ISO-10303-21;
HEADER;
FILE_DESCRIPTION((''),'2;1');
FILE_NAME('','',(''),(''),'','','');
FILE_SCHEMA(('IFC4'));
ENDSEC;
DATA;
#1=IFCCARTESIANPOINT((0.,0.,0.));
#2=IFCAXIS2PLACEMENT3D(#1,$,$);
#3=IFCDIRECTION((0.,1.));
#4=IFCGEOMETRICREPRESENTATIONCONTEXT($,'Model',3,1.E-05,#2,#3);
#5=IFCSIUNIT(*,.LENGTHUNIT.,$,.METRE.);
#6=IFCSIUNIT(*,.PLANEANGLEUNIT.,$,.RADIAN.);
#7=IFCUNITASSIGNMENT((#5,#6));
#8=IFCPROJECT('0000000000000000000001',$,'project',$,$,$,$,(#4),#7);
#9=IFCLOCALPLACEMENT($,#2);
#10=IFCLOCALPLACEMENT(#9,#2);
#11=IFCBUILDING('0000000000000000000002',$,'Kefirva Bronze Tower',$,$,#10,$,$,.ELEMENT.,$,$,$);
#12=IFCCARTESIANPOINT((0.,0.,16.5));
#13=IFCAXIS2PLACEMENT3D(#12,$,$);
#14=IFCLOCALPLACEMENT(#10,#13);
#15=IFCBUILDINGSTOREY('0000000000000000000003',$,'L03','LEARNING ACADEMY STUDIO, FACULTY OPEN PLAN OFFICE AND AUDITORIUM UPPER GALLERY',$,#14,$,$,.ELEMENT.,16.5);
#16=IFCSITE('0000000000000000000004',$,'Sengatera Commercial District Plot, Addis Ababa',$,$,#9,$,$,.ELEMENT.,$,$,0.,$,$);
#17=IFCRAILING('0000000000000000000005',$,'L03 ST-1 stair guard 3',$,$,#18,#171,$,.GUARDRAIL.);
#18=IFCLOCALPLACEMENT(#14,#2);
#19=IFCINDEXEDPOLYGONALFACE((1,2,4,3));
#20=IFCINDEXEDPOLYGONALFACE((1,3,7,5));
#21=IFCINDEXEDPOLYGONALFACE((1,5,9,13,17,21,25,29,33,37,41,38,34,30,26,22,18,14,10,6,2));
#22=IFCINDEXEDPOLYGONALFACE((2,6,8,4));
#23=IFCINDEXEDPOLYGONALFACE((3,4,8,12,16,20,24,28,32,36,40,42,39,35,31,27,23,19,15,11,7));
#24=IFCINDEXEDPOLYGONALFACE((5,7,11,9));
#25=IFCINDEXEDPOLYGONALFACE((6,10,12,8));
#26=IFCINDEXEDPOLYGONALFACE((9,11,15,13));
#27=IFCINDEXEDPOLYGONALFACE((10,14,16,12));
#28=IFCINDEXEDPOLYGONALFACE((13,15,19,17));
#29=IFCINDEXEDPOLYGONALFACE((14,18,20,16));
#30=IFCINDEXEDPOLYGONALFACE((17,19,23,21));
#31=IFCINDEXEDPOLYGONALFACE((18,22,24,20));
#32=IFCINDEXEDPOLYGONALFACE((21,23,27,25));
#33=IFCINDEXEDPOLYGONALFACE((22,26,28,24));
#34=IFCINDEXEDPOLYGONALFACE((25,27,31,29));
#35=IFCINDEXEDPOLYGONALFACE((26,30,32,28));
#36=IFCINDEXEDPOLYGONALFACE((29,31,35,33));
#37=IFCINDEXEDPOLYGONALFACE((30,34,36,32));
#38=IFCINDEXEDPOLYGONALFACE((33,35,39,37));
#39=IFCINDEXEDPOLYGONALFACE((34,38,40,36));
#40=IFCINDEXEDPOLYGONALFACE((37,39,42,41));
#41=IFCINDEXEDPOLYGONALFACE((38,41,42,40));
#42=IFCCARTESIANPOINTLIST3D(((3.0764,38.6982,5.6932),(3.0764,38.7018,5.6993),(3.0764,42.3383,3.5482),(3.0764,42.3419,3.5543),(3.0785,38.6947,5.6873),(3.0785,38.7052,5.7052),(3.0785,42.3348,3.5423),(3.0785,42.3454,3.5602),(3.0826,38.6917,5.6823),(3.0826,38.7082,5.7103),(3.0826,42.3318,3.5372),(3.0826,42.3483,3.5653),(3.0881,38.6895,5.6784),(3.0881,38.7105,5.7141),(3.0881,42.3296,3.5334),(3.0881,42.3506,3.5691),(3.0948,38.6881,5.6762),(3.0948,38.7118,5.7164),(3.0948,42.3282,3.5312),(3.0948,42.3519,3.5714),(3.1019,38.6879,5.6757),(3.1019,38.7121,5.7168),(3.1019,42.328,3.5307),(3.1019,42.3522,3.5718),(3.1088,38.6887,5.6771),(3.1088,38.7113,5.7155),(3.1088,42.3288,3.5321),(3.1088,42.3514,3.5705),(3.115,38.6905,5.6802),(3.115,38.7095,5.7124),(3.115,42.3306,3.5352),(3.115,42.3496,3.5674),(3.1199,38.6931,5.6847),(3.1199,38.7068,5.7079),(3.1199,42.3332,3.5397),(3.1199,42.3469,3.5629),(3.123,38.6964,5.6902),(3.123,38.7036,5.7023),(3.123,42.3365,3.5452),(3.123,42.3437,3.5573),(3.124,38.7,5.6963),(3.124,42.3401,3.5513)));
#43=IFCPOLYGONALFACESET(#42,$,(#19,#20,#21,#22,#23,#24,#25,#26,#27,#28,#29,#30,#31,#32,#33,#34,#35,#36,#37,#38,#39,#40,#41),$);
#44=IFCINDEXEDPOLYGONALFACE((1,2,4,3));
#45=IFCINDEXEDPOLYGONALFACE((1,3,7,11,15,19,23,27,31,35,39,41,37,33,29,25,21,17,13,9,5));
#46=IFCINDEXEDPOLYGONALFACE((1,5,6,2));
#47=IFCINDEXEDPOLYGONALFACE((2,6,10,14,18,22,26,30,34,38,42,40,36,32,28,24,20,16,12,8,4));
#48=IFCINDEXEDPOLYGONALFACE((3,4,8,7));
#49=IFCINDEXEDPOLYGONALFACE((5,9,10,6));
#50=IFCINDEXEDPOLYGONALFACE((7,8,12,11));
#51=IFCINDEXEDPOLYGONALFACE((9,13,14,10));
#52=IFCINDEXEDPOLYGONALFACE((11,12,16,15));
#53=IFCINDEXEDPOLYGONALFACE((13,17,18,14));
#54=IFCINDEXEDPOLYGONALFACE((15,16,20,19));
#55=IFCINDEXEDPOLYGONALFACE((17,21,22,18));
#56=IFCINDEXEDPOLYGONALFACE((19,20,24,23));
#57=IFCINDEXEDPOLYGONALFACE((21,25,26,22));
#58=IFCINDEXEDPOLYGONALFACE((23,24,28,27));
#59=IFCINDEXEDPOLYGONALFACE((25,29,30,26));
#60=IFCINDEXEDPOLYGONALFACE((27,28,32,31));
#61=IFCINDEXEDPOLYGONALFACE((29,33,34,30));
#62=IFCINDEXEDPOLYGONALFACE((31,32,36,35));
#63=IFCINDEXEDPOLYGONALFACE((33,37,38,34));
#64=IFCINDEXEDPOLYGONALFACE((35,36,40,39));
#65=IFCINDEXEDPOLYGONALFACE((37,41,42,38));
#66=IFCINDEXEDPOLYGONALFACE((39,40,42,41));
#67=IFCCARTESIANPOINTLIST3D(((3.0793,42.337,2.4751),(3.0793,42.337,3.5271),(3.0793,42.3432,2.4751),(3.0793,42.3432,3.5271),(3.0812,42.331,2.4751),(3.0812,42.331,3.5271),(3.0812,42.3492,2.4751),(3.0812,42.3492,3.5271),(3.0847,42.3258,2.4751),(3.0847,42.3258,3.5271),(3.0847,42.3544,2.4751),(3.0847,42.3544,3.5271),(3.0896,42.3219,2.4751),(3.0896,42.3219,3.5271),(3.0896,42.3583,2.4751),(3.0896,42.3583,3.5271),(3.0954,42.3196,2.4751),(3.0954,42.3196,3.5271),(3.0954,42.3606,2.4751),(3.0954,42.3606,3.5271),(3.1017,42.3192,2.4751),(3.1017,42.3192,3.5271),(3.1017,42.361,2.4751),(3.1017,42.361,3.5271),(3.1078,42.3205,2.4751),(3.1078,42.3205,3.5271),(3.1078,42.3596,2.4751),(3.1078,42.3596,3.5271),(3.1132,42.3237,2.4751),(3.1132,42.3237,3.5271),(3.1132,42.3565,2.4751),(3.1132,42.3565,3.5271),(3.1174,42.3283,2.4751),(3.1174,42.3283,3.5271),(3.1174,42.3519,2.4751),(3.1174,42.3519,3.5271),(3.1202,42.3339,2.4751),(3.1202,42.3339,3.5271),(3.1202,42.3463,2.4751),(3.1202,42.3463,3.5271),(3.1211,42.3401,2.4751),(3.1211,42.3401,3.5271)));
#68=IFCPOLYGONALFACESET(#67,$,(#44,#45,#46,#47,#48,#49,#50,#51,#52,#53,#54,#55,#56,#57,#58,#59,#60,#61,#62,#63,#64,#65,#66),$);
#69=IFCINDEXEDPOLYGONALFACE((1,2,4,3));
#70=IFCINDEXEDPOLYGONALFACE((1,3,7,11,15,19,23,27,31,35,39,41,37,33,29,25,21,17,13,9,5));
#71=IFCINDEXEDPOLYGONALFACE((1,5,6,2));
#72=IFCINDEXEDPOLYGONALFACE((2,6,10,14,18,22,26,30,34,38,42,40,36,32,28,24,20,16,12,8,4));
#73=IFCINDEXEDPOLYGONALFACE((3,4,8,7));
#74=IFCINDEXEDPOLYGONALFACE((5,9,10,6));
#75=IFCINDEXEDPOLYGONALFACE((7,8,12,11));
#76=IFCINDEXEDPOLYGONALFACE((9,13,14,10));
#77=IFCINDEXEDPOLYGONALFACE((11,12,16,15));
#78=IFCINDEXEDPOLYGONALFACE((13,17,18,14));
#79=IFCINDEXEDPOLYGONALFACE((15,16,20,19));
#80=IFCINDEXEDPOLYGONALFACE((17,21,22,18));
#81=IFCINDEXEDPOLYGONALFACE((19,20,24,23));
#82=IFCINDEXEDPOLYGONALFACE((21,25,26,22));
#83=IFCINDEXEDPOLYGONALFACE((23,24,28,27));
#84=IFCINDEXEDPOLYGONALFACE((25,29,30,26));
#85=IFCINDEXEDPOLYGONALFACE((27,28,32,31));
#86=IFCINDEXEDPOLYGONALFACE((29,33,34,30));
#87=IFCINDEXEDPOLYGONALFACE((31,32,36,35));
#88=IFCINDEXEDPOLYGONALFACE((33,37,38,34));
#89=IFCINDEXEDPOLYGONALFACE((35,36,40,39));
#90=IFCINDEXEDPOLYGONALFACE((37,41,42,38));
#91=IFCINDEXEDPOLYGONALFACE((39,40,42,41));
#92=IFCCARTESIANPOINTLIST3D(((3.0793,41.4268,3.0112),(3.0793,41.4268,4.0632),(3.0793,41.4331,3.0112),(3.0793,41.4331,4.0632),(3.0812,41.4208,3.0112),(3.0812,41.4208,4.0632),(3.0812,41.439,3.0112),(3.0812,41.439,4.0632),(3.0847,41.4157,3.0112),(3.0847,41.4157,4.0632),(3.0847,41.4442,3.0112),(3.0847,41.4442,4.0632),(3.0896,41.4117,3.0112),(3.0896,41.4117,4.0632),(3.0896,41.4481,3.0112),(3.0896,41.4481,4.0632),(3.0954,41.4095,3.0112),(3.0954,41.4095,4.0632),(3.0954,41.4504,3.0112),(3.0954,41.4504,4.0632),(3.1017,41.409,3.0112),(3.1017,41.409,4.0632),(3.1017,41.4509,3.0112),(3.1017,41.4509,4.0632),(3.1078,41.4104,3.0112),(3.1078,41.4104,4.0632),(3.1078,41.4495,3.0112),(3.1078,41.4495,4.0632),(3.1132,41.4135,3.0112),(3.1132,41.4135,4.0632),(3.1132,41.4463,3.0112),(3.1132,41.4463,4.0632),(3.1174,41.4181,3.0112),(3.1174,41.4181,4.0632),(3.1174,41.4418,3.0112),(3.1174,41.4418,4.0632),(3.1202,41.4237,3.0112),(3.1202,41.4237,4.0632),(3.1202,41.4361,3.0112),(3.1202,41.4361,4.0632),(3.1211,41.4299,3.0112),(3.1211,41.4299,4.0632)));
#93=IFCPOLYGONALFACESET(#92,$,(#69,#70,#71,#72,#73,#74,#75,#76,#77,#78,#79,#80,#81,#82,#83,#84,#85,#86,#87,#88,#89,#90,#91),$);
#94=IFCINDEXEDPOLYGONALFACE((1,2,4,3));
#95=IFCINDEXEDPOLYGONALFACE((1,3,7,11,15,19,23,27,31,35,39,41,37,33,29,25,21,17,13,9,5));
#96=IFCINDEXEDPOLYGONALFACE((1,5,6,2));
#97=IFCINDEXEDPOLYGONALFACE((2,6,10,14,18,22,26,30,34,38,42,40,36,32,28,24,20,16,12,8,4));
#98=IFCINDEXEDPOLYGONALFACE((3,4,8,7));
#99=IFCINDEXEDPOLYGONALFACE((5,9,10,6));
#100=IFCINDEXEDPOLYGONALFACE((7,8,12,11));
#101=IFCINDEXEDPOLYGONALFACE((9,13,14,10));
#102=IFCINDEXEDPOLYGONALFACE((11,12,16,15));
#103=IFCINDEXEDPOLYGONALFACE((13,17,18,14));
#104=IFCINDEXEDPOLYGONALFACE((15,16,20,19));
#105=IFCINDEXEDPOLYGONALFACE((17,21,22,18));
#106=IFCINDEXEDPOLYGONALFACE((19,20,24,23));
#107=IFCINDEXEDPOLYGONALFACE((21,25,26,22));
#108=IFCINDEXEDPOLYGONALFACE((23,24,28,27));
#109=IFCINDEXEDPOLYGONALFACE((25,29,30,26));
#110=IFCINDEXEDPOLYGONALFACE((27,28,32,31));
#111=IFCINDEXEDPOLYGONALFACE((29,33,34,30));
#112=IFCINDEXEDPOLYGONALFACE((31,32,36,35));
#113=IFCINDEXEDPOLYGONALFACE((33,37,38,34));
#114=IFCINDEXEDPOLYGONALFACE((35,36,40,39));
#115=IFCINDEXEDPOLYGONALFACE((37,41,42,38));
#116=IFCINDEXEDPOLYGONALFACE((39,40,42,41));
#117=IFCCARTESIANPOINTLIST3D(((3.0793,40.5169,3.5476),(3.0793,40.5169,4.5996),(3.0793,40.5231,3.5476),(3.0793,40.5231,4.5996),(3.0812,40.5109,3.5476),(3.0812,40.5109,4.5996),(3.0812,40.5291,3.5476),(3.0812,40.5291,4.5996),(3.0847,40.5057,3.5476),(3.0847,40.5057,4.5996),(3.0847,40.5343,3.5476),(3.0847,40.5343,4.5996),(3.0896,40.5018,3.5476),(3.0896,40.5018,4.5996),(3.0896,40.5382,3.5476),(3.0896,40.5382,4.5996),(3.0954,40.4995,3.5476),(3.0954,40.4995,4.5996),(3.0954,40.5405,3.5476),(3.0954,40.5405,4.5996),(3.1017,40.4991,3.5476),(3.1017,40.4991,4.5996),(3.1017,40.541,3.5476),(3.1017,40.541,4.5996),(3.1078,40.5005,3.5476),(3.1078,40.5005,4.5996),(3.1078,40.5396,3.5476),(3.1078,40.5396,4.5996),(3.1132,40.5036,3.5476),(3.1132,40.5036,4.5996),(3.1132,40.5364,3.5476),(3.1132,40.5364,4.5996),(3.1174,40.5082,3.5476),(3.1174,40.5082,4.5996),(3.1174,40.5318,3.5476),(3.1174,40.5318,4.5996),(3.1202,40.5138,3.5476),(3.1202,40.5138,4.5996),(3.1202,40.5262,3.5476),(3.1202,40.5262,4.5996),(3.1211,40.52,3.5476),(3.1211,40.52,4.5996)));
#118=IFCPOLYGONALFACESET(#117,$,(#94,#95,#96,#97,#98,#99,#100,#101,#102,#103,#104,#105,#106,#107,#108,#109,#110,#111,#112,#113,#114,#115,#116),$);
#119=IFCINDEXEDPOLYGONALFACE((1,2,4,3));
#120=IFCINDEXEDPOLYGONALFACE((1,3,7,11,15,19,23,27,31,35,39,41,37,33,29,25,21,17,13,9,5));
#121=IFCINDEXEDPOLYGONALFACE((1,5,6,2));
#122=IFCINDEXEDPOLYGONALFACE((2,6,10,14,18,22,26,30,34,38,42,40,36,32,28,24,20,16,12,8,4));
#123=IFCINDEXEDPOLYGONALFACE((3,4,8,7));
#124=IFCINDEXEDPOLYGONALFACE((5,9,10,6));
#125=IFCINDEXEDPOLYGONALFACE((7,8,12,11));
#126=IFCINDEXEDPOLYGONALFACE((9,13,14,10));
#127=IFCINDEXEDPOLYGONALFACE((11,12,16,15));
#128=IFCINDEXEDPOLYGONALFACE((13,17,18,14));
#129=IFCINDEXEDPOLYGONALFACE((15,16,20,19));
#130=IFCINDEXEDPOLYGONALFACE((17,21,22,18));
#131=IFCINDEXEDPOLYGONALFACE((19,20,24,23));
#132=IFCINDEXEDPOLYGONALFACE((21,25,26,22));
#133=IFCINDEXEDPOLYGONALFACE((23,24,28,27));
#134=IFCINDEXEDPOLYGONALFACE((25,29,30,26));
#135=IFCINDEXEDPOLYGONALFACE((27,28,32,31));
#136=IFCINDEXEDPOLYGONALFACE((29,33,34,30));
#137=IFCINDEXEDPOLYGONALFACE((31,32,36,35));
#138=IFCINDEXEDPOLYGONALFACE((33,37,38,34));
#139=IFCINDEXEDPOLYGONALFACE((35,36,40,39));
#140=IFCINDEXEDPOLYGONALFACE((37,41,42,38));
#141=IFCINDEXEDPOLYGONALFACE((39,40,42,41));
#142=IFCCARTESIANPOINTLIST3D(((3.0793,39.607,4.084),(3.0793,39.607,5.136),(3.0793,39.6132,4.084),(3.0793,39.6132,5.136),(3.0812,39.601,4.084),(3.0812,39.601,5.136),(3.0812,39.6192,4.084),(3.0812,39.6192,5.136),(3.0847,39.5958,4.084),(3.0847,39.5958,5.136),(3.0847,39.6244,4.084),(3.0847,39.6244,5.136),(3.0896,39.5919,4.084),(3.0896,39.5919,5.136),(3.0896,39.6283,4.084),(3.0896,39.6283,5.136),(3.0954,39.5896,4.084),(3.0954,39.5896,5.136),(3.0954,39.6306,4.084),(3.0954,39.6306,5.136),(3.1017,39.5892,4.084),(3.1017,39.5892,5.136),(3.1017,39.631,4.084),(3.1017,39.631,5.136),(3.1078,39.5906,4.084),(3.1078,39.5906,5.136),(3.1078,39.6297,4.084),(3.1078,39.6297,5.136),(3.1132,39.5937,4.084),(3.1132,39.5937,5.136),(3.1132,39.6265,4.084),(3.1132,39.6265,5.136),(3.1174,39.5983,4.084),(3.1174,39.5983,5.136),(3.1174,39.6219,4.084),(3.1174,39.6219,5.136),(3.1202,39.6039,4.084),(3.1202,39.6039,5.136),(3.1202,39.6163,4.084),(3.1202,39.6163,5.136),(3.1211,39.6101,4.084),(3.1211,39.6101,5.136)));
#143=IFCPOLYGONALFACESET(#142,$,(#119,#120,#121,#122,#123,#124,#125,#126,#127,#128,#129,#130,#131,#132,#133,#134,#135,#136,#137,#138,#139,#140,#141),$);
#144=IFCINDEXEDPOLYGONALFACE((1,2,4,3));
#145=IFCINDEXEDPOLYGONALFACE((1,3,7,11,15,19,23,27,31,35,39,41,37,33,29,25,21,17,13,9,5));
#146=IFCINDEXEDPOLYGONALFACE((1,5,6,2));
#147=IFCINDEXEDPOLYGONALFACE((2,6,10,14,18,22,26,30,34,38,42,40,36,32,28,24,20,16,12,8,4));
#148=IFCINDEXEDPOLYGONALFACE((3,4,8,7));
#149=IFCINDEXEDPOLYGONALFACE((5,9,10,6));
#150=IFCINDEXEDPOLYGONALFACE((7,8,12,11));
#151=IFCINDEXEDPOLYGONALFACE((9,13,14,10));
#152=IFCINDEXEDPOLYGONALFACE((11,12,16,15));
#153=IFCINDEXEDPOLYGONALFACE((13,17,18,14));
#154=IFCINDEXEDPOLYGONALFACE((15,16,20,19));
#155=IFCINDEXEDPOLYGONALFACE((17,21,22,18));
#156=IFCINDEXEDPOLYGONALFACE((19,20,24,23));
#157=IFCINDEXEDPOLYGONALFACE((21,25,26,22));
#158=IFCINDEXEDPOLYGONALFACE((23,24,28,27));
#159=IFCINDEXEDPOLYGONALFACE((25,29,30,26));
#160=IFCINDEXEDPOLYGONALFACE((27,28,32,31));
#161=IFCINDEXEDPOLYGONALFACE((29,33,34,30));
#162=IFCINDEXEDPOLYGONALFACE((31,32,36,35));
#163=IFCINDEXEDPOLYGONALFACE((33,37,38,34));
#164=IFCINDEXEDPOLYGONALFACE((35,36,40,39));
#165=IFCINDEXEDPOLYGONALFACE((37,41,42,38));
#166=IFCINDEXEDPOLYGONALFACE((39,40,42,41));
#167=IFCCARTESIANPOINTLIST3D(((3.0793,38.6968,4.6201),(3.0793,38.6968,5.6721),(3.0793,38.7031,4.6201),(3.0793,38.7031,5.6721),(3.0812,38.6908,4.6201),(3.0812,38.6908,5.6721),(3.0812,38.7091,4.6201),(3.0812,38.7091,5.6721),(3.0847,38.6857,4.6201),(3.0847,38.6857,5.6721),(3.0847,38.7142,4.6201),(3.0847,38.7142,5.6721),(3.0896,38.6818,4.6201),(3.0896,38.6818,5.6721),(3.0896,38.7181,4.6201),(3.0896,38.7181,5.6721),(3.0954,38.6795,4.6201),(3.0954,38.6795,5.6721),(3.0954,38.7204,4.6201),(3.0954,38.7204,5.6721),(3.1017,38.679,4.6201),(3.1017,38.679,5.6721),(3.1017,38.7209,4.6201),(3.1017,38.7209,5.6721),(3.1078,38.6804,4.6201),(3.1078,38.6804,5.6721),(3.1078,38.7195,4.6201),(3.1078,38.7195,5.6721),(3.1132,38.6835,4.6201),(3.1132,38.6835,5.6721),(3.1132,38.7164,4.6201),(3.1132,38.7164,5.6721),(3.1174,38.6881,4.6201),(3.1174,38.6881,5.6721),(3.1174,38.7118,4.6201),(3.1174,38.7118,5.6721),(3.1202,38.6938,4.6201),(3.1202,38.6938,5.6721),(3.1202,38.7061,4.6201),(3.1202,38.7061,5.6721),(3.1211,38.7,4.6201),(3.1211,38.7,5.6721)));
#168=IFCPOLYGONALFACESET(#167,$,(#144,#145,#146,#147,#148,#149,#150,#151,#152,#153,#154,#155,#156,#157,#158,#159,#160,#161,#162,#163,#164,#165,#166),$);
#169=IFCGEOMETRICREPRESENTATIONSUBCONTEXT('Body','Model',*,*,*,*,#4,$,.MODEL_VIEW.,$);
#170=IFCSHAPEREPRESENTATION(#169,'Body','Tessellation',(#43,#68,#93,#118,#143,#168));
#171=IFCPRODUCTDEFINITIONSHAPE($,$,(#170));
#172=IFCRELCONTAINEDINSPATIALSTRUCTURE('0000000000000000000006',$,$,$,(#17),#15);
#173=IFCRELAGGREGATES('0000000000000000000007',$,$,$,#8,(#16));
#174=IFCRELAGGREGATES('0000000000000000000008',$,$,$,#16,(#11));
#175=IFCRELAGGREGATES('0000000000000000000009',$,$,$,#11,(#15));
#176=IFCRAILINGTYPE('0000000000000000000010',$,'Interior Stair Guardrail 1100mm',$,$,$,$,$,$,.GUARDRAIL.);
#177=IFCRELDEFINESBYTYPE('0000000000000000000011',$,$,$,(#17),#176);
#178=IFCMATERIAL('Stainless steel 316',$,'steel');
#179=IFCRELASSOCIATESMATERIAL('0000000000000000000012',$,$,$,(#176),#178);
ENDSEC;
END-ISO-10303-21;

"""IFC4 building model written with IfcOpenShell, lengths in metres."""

from ifc_helpers import new_model, si_unit, direction, frame, origin, origin_2d, place, context, subcontext, project, spatial, circle, extrude, material, type_object, element, save


model = new_model("IFC4")

# Units and contexts
model_context = context("Model", 3, precision=1e-05, world=origin(), true_north=direction((0.0, 1.0)))
body_context = subcontext(model_context, "Body", "Model", "MODEL_VIEW")
ifc_project = project(units=[si_unit("LENGTHUNIT", "METRE"), si_unit("PLANEANGLEUNIT", "RADIAN")], contexts=[model_context])

# Site, building, storey
site_placement = place(None, origin())
site = spatial("IfcSite", under=ifc_project, at=site_placement, Name="Sengatera Commercial District Plot, Addis Ababa", CompositionType="ELEMENT", RefElevation=0.0)
building_placement = place(site_placement, origin())
building = spatial("IfcBuilding", under=site, at=building_placement, Name="Kefirva Bronze Tower", CompositionType="ELEMENT")
storey_placement = place(building_placement, frame((0.0, 0.0, 16.5)))
storey = spatial("IfcBuildingStorey", under=building, at=storey_placement, Name="L03", Description="LEARNING ACADEMY STUDIO, FACULTY OPEN PLAN OFFICE AND AUDITORIUM UPPER GALLERY", CompositionType="ELEMENT", Elevation=16.5)

# Shared definitions
ifc_material_1 = material(Name="Stainless steel 316", Category="steel")

# Railing
railing_type_1 = type_object("IfcRailingType", Name="Interior Stair Guardrail 1100mm", PredefinedType="GUARDRAIL", material=ifc_material_1)
railing_1_placement = place(storey_placement, frame((3.1001, 42.3401, 2.4751)))
element("IfcRailing", 1, at=railing_1_placement, inside=storey, type_object=railing_type_1, Name="L03 ST-1 stair guard 3", PredefinedType="GUARDRAIL", context=body_context, shape_type="SweptSolid", body=[
    extrude(circle(Radius=0.0239, at=origin_2d()), frame((0.0, 0.0, 1.0762), z_axis=(0.0, -0.861545, 0.507682), x_axis=(1.0, 0.0, 0.0)), (0.0, 0.0, 1.0), 4.2251),
    extrude(circle(Radius=0.021, at=origin_2d()), origin(), (0.0, 0.0, 1.0), 1.052),
    extrude(circle(Radius=0.021, at=origin_2d()), frame((0.0, -0.9102, 0.5361)), (0.0, 0.0, 1.0), 1.052),
    extrude(circle(Radius=0.021, at=origin_2d()), frame((0.0, -1.8201, 1.0725)), (0.0, 0.0, 1.0), 1.052),
    extrude(circle(Radius=0.021, at=origin_2d()), frame((0.0, -2.73, 1.6089)), (0.0, 0.0, 1.0), 1.052),
    extrude(circle(Radius=0.021, at=origin_2d()), frame((0.0, -3.6401, 2.145)), (0.0, 0.0, 1.0), 1.052),
])

save(model, "model.ifc")
